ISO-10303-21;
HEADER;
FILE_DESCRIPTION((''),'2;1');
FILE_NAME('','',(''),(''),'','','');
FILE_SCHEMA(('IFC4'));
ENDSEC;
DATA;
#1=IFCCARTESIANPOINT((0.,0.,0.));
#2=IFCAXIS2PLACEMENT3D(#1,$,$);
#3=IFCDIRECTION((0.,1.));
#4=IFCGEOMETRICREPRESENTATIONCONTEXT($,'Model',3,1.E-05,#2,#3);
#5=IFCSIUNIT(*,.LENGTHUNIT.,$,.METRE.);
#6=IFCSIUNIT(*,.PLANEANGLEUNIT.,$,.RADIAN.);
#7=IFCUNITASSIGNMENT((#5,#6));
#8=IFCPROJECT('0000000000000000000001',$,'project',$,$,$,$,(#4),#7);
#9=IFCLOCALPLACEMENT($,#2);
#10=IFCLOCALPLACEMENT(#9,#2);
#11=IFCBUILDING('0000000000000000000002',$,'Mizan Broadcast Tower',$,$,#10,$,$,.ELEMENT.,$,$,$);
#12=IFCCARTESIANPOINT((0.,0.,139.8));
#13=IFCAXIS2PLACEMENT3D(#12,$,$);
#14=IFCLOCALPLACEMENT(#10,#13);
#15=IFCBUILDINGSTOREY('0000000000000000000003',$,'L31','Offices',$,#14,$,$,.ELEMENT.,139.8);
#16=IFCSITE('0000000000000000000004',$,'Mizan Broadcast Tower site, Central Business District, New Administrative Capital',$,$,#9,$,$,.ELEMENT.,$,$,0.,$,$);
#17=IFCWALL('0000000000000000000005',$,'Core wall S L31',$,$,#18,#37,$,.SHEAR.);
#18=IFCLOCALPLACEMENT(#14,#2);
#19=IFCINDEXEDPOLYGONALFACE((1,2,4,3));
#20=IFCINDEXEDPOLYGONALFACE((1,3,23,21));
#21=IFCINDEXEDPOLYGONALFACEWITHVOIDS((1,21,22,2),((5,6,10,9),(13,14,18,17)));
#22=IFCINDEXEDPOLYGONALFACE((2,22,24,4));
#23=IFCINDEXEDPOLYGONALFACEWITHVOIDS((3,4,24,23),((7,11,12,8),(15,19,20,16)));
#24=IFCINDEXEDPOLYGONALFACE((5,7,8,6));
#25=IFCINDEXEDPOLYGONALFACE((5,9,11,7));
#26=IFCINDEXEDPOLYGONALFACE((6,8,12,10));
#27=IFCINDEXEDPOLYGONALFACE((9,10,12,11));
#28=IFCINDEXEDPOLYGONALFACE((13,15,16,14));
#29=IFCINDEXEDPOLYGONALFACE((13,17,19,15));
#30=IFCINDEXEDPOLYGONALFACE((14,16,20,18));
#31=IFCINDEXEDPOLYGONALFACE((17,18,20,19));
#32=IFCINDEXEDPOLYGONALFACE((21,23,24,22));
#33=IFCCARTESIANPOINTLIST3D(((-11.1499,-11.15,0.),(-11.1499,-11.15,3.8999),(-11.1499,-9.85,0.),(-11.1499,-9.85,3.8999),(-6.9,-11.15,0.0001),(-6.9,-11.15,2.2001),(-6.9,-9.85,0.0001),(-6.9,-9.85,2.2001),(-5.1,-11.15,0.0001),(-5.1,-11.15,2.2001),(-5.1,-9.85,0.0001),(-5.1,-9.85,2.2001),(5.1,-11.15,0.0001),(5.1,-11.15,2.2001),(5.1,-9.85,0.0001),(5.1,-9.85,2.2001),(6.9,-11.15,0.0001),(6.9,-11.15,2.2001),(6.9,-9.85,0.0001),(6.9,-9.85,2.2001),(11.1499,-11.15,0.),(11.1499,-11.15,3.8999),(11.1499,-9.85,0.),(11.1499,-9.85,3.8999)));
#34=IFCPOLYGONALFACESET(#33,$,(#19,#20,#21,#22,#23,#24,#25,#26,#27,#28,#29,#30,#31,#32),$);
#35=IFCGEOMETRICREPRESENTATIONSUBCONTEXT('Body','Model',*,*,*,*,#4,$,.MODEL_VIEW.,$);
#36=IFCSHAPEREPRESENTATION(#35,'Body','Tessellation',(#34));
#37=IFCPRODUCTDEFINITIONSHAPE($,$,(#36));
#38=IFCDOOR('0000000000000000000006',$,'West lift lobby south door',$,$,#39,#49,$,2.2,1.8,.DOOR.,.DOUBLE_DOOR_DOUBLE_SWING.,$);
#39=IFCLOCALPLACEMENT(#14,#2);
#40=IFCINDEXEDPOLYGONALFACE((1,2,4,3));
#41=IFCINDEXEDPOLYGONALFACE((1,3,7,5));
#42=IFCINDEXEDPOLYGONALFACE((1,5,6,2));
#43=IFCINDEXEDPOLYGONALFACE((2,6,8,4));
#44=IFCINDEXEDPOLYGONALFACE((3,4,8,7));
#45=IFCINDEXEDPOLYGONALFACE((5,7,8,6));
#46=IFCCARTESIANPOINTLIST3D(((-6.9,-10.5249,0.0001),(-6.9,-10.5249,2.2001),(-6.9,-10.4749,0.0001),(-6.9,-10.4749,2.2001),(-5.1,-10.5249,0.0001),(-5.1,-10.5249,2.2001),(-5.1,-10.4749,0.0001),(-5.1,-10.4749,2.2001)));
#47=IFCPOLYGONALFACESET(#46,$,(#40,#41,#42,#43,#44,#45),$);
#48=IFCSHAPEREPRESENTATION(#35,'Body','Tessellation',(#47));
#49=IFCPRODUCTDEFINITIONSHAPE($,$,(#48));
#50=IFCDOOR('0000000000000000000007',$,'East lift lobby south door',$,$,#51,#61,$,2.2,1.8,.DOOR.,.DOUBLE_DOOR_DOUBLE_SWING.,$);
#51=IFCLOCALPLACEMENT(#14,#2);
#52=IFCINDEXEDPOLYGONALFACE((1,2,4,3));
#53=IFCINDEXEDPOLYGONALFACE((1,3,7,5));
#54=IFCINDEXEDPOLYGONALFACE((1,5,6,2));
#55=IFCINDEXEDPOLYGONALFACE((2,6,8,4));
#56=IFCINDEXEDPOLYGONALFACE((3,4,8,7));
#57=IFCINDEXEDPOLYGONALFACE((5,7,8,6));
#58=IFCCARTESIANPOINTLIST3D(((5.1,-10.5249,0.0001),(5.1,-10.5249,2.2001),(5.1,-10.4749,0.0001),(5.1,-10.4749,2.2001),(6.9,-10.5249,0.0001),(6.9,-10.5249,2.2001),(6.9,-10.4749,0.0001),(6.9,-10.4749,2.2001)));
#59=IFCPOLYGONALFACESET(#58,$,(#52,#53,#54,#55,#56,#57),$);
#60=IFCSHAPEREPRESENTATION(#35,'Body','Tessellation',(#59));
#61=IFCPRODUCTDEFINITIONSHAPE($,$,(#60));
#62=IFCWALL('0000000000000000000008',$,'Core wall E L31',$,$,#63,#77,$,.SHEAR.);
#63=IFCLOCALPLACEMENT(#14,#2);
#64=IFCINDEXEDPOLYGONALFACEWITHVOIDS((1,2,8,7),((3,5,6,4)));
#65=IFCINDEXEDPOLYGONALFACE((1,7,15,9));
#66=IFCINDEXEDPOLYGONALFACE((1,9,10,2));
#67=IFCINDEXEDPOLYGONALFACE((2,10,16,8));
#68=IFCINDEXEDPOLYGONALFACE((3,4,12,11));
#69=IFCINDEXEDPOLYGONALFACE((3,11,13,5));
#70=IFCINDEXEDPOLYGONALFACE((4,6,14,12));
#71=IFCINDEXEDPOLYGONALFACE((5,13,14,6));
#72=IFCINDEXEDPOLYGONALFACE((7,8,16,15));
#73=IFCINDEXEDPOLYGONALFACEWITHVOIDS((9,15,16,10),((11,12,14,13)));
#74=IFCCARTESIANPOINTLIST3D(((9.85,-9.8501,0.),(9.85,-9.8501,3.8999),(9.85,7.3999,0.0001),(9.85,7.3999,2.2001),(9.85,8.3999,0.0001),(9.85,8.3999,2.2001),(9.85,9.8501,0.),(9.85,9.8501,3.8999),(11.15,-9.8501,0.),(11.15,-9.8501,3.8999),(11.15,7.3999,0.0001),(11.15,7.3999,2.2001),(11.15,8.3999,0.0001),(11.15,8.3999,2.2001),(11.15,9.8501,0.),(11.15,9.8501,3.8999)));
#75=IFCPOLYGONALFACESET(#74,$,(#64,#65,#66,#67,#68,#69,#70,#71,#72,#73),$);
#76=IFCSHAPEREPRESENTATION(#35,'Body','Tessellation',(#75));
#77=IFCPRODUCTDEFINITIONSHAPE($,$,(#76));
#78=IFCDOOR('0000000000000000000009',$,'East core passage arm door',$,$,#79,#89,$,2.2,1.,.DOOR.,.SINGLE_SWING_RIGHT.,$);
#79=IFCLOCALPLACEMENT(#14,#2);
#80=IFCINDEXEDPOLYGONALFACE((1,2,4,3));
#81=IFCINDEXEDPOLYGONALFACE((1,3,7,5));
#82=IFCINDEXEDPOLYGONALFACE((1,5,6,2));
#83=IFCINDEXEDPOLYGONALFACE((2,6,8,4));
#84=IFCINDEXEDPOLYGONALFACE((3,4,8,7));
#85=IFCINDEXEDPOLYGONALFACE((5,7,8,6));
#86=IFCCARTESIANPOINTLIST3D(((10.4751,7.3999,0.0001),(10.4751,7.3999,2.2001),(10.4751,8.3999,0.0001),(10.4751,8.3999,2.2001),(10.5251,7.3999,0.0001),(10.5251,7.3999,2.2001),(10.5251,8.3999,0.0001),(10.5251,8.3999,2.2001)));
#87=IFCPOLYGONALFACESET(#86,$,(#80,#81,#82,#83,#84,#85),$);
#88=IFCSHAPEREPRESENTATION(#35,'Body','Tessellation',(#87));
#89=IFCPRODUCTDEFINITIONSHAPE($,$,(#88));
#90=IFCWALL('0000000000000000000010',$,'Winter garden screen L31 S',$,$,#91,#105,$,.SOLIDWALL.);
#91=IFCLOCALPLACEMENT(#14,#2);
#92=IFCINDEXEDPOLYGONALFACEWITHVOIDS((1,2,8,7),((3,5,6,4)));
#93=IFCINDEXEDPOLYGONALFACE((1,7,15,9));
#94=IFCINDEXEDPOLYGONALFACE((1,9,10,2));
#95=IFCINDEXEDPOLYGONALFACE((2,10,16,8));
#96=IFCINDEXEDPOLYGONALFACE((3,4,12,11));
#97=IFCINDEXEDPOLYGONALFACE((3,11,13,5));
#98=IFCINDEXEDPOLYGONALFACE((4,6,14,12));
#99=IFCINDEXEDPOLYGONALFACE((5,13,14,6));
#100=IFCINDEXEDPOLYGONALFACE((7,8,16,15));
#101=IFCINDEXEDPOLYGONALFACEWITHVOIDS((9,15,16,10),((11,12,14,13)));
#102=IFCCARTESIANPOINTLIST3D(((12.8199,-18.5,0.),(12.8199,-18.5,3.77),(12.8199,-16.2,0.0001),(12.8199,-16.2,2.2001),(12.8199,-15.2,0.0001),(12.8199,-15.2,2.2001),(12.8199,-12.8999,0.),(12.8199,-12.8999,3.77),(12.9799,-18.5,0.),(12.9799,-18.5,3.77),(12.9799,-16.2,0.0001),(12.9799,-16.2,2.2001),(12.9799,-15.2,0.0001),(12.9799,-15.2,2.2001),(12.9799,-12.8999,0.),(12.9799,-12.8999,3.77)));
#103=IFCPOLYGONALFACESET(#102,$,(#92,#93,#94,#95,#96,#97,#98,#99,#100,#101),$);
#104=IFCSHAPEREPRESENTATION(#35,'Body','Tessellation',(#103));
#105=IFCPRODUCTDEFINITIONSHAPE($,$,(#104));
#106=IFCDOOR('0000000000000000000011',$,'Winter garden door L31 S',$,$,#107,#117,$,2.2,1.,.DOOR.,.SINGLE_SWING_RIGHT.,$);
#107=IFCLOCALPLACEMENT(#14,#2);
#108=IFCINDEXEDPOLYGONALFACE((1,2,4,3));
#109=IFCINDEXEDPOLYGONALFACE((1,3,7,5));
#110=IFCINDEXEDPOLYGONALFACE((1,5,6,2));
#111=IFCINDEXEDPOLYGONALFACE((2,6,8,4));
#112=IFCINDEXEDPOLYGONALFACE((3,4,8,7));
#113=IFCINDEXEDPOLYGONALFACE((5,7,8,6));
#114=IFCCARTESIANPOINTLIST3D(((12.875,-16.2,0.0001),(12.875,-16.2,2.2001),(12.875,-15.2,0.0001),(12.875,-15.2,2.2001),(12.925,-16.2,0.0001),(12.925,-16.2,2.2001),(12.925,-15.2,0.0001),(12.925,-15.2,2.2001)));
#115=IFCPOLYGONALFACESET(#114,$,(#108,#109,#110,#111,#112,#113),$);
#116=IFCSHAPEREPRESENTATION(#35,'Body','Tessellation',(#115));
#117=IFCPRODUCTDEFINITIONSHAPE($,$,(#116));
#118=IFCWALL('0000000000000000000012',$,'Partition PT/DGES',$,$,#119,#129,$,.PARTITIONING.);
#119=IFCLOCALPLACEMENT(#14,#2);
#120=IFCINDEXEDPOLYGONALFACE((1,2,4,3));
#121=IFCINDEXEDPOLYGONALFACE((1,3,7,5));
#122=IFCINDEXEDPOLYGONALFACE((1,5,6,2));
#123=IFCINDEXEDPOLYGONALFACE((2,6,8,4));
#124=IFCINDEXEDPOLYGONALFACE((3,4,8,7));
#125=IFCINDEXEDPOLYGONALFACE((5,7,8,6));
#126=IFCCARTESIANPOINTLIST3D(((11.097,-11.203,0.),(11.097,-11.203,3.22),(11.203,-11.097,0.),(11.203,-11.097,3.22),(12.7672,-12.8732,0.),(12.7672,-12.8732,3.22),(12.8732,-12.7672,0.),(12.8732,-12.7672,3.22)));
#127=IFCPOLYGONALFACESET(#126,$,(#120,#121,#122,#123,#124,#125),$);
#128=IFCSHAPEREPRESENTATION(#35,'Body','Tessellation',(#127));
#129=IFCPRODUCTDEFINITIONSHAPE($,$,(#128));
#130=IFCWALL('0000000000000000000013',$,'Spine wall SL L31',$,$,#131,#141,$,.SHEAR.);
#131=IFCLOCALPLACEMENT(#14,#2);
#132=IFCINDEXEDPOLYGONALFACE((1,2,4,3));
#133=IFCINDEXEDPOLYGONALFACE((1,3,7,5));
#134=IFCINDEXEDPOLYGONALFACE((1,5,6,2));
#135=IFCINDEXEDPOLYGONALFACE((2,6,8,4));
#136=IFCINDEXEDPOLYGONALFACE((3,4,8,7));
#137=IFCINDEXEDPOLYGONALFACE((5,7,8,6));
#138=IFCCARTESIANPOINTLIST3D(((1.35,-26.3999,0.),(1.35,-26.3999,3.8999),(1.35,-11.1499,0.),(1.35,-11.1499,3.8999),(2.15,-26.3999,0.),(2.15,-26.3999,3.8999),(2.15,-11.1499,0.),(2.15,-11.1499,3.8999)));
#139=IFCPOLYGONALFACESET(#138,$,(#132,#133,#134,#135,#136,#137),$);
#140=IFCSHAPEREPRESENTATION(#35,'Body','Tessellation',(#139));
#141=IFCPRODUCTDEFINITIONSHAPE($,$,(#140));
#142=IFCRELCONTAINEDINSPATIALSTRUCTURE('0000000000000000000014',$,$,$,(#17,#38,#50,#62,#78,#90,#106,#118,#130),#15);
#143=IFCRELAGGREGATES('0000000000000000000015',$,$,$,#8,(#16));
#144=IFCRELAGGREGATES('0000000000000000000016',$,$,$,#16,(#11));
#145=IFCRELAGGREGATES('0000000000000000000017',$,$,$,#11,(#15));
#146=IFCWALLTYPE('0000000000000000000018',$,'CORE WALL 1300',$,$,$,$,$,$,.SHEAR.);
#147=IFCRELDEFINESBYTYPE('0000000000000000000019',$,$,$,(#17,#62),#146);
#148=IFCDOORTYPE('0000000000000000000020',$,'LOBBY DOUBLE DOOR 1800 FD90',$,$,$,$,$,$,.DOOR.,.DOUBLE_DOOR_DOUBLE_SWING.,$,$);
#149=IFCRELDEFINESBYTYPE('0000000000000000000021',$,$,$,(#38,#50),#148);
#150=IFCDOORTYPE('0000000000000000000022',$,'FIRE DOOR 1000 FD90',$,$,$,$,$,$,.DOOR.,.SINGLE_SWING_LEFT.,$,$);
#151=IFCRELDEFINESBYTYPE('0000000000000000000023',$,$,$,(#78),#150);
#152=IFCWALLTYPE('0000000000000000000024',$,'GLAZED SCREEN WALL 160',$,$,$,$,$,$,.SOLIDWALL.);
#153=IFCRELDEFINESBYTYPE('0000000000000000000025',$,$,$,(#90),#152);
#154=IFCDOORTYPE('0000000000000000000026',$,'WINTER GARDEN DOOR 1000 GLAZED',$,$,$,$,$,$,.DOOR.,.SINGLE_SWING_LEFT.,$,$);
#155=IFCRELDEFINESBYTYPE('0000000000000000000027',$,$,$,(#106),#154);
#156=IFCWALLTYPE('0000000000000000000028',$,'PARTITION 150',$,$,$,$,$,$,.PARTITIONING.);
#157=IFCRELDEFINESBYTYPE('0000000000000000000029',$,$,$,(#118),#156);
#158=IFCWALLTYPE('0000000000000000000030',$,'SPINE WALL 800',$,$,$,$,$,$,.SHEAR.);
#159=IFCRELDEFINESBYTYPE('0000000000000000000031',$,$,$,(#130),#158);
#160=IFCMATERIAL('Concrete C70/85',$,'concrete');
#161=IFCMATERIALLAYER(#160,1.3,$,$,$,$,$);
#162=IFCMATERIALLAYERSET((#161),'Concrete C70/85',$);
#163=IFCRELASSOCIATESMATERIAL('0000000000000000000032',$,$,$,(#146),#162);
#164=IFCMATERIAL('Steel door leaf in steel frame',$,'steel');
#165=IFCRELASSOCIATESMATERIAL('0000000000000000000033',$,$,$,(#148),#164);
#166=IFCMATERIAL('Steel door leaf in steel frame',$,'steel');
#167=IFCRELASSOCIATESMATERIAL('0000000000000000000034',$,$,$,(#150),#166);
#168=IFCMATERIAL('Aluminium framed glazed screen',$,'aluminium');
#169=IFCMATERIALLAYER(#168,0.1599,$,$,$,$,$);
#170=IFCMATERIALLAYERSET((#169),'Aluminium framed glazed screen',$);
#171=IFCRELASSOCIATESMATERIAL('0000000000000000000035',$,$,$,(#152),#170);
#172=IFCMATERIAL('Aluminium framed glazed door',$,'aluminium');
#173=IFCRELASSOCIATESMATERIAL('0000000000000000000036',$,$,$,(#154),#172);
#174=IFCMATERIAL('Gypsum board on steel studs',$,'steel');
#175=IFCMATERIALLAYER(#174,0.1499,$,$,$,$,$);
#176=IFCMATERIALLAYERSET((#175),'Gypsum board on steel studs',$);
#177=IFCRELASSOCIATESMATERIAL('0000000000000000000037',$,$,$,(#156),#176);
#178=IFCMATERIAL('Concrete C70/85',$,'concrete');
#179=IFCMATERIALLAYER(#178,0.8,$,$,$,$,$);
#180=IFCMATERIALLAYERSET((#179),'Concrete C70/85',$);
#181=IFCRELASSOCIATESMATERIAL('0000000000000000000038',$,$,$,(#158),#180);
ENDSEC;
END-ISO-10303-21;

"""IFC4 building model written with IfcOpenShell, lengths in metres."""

from ifc_helpers import new_model, si_unit, direction, frame, frame_2d, origin, place, context, subcontext, project, spatial, rectangle, extrude, material, layer, layer_set, type_object, element, fill, save


model = new_model("IFC4")

# Units and contexts
model_context = context("Model", 3, precision=1e-05, world=origin(), true_north=direction((0.0, 1.0)))
body_context = subcontext(model_context, "Body", "Model", "MODEL_VIEW")
ifc_project = project(units=[si_unit("LENGTHUNIT", "METRE"), si_unit("PLANEANGLEUNIT", "RADIAN")], contexts=[model_context])

# Site, building, storey
site_placement = place(None, origin())
site = spatial("IfcSite", under=ifc_project, at=site_placement, Name="Mizan Broadcast Tower site, Central Business District, New Administrative Capital", CompositionType="ELEMENT", RefElevation=0.0)
building_placement = place(site_placement, origin())
building = spatial("IfcBuilding", under=site, at=building_placement, Name="Mizan Broadcast Tower", CompositionType="ELEMENT")
storey_placement = place(building_placement, frame((0.0, 0.0, 139.8)))
storey = spatial("IfcBuildingStorey", under=building, at=storey_placement, Name="L31", Description="Offices", CompositionType="ELEMENT", Elevation=139.8)

# Wall, openings, doors
ifc_material_1 = material(Name="Concrete C70/85", Category="concrete")
ifc_layer_1 = layer(ifc_material_1, 1.3)
ifc_layer_set_1 = layer_set([ifc_layer_1], Name="Concrete C70/85")
wall_type_1 = type_object("IfcWallType", Name="CORE WALL 1300", PredefinedType="SHEAR", material=ifc_layer_set_1)
wall_1_placement = place(storey_placement, frame((11.1499, -10.5, 0.0), z_axis=(0.0, 0.0, 1.0), x_axis=(-1.0, 0.0, 0.0)))
wall_1 = element("IfcWall", 1, at=wall_1_placement, inside=storey, type_object=wall_type_1, Name="Core wall S L31", PredefinedType="SHEAR", context=body_context, shape_type="SweptSolid", body=[
    extrude(rectangle(XDim=22.2998, YDim=1.3, at=frame_2d((11.1499, 0.0))), origin(), (0.0, 0.0, 1.0), 3.8999),
])
opening_1_placement = place(wall_1_placement, frame((16.25, 0.0, 0.0)))
opening_1 = element("IfcOpeningElement", 2, at=opening_1_placement, cuts=wall_1, PredefinedType="OPENING", context=body_context, shape_type="SweptSolid", body=[
    extrude(rectangle(XDim=1.8, YDim=2.2, at=frame_2d((0.8999, 1.1001))), frame((0.0, 0.6599, 0.0), z_axis=(0.0, -1.0, 0.0), x_axis=(1.0, 0.0, 0.0)), (0.0, 0.0, 1.0), 1.3201),
])
opening_2_placement = place(wall_1_placement, frame((4.25, 0.0, 0.0)))
opening_2 = element("IfcOpeningElement", 3, at=opening_2_placement, cuts=wall_1, PredefinedType="OPENING", context=body_context, shape_type="SweptSolid", body=[
    extrude(rectangle(XDim=1.8, YDim=2.2, at=frame_2d((0.8999, 1.1001))), frame((0.0, 0.6599, 0.0), z_axis=(0.0, -1.0, 0.0), x_axis=(1.0, 0.0, 0.0)), (0.0, 0.0, 1.0), 1.3201),
])
ifc_material_2 = material(Name="Steel door leaf in steel frame", Category="steel")
door_type_1 = type_object("IfcDoorType", Name="LOBBY DOUBLE DOOR 1800 FD90", OperationType="DOUBLE_DOOR_DOUBLE_SWING", PredefinedType="DOOR", material=ifc_material_2)
door_1_placement = place(opening_1_placement, origin())
door_1 = element("IfcDoor", 4, at=door_1_placement, inside=storey, type_object=door_type_1, Name="West lift lobby south door", OperationType="DOUBLE_DOOR_DOUBLE_SWING", OverallHeight=2.2, OverallWidth=1.8, PredefinedType="DOOR", context=body_context, shape_type="SweptSolid", body=[
    extrude(rectangle(XDim=1.8, YDim=2.2, at=frame_2d((0.8999, 1.1001))), frame((0.0, 0.0249, 0.0), z_axis=(0.0, -1.0, 0.0), x_axis=(1.0, 0.0, 0.0)), (0.0, 0.0, 1.0), 0.05),
])
fill(opening_1, door_1)
door_2_placement = place(opening_2_placement, origin())
door_2 = element("IfcDoor", 5, at=door_2_placement, inside=storey, type_object=door_type_1, Name="East lift lobby south door", OperationType="DOUBLE_DOOR_DOUBLE_SWING", OverallHeight=2.2, OverallWidth=1.8, PredefinedType="DOOR", context=body_context, shape_type="SweptSolid", body=[
    extrude(rectangle(XDim=1.8, YDim=2.2, at=frame_2d((0.8999, 1.1001))), frame((0.0, 0.0249, 0.0), z_axis=(0.0, -1.0, 0.0), x_axis=(1.0, 0.0, 0.0)), (0.0, 0.0, 1.0), 0.05),
])
fill(opening_2, door_2)

# Walls, openings, doors
wall_2_placement = place(storey_placement, frame((10.5, -9.8501, 0.0), z_axis=(0.0, 0.0, 1.0), x_axis=(0.0, 1.0, 0.0)))
wall_2 = element("IfcWall", 6, at=wall_2_placement, inside=storey, type_object=wall_type_1, Name="Core wall E L31", PredefinedType="SHEAR", context=body_context, shape_type="SweptSolid", body=[
    extrude(rectangle(XDim=19.7002, YDim=1.3, at=frame_2d((9.8501, 0.0))), origin(), (0.0, 0.0, 1.0), 3.8999),
])
opening_3_placement = place(wall_2_placement, frame((17.25, 0.0, 0.0)))
opening_3 = element("IfcOpeningElement", 7, at=opening_3_placement, cuts=wall_2, PredefinedType="OPENING", context=body_context, shape_type="SweptSolid", body=[
    extrude(rectangle(XDim=1.0, YDim=2.2, at=frame_2d((0.5, 1.1001))), frame((0.0, 0.6599, 0.0), z_axis=(0.0, -1.0, 0.0), x_axis=(1.0, 0.0, 0.0)), (0.0, 0.0, 1.0), 1.3201),
])
ifc_material_3 = material(Name="Steel door leaf in steel frame", Category="steel")
door_type_2 = type_object("IfcDoorType", Name="FIRE DOOR 1000 FD90", OperationType="SINGLE_SWING_LEFT", PredefinedType="DOOR", material=ifc_material_3)
door_3_placement = place(opening_3_placement, origin())
door_3 = element("IfcDoor", 8, at=door_3_placement, inside=storey, type_object=door_type_2, Name="East core passage arm door", OperationType="SINGLE_SWING_RIGHT", OverallHeight=2.2, OverallWidth=1.0, PredefinedType="DOOR", context=body_context, shape_type="SweptSolid", body=[
    extrude(rectangle(XDim=1.0, YDim=2.2, at=frame_2d((0.5, 1.1001))), frame((0.0, 0.0249, 0.0), z_axis=(0.0, -1.0, 0.0), x_axis=(1.0, 0.0, 0.0)), (0.0, 0.0, 1.0), 0.05),
])
fill(opening_3, door_3)
ifc_material_4 = material(Name="Aluminium framed glazed screen", Category="aluminium")
ifc_layer_2 = layer(ifc_material_4, 0.1599)
ifc_layer_set_2 = layer_set([ifc_layer_2], Name="Aluminium framed glazed screen")
wall_type_2 = type_object("IfcWallType", Name="GLAZED SCREEN WALL 160", PredefinedType="SOLIDWALL", material=ifc_layer_set_2)
wall_3_placement = place(storey_placement, frame((12.8999, -18.5, 0.0), z_axis=(0.0, 0.0, 1.0), x_axis=(0.0, 1.0, 0.0)))
wall_3 = element("IfcWall", 9, at=wall_3_placement, inside=storey, type_object=wall_type_2, Name="Winter garden screen L31 S", PredefinedType="SOLIDWALL", context=body_context, shape_type="SweptSolid", body=[
    extrude(rectangle(XDim=5.6001, YDim=0.1599, at=frame_2d((2.8, 0.0))), origin(), (0.0, 0.0, 1.0), 3.77),
])
opening_4_placement = place(wall_3_placement, frame((2.3, 0.0, 0.0)))
opening_4 = element("IfcOpeningElement", 10, at=opening_4_placement, cuts=wall_3, PredefinedType="OPENING", context=body_context, shape_type="SweptSolid", body=[
    extrude(rectangle(XDim=1.0, YDim=2.2, at=frame_2d((0.5, 1.1001))), frame((0.0, 0.0898, 0.0), z_axis=(0.0, -1.0, 0.0), x_axis=(1.0, 0.0, 0.0)), (0.0, 0.0, 1.0), 0.1799),
])
ifc_material_5 = material(Name="Aluminium framed glazed door", Category="aluminium")
door_type_3 = type_object("IfcDoorType", Name="WINTER GARDEN DOOR 1000 GLAZED", OperationType="SINGLE_SWING_LEFT", PredefinedType="DOOR", material=ifc_material_5)
door_4_placement = place(opening_4_placement, origin())
door_4 = element("IfcDoor", 11, at=door_4_placement, inside=storey, type_object=door_type_3, Name="Winter garden door L31 S", OperationType="SINGLE_SWING_RIGHT", OverallHeight=2.2, OverallWidth=1.0, PredefinedType="DOOR", context=body_context, shape_type="SweptSolid", body=[
    extrude(rectangle(XDim=1.0, YDim=2.2, at=frame_2d((0.5, 1.1001))), frame((0.0, 0.0249, 0.0), z_axis=(0.0, -1.0, 0.0), x_axis=(1.0, 0.0, 0.0)), (0.0, 0.0, 1.0), 0.05),
])
fill(opening_4, door_4)

# Walls
ifc_material_6 = material(Name="Gypsum board on steel studs", Category="steel")
ifc_layer_3 = layer(ifc_material_6, 0.1499)
ifc_layer_set_3 = layer_set([ifc_layer_3], Name="Gypsum board on steel studs")
wall_type_3 = type_object("IfcWallType", Name="PARTITION 150", PredefinedType="PARTITIONING", material=ifc_layer_set_3)
wall_4_placement = place(storey_placement, frame((11.1499, -11.1499, 0.0), z_axis=(0.0, 0.0, 1.0), x_axis=(0.707107, -0.707107, 0.0)))
element("IfcWall", 12, at=wall_4_placement, inside=storey, type_object=wall_type_3, Name="Partition PT/DGES", PredefinedType="PARTITIONING", context=body_context, shape_type="SweptSolid", body=[
    extrude(rectangle(XDim=2.3621, YDim=0.1499, at=frame_2d((1.1812, 0.0))), origin(), (0.0, 0.0, 1.0), 3.22),
])
ifc_material_7 = material(Name="Concrete C70/85", Category="concrete")
ifc_layer_4 = layer(ifc_material_7, 0.8)
ifc_layer_set_4 = layer_set([ifc_layer_4], Name="Concrete C70/85")
wall_type_4 = type_object("IfcWallType", Name="SPINE WALL 800", PredefinedType="SHEAR", material=ifc_layer_set_4)
wall_5_placement = place(storey_placement, frame((1.75, -11.1499, 0.0), z_axis=(0.0, 0.0, 1.0), x_axis=(0.0, -1.0, 0.0)))
element("IfcWall", 13, at=wall_5_placement, inside=storey, type_object=wall_type_4, Name="Spine wall SL L31", PredefinedType="SHEAR", context=body_context, shape_type="SweptSolid", body=[
    extrude(rectangle(XDim=15.25, YDim=0.8, at=frame_2d((7.625, 0.0))), origin(), (0.0, 0.0, 1.0), 3.8999),
])

save(model, "model.ifc")
